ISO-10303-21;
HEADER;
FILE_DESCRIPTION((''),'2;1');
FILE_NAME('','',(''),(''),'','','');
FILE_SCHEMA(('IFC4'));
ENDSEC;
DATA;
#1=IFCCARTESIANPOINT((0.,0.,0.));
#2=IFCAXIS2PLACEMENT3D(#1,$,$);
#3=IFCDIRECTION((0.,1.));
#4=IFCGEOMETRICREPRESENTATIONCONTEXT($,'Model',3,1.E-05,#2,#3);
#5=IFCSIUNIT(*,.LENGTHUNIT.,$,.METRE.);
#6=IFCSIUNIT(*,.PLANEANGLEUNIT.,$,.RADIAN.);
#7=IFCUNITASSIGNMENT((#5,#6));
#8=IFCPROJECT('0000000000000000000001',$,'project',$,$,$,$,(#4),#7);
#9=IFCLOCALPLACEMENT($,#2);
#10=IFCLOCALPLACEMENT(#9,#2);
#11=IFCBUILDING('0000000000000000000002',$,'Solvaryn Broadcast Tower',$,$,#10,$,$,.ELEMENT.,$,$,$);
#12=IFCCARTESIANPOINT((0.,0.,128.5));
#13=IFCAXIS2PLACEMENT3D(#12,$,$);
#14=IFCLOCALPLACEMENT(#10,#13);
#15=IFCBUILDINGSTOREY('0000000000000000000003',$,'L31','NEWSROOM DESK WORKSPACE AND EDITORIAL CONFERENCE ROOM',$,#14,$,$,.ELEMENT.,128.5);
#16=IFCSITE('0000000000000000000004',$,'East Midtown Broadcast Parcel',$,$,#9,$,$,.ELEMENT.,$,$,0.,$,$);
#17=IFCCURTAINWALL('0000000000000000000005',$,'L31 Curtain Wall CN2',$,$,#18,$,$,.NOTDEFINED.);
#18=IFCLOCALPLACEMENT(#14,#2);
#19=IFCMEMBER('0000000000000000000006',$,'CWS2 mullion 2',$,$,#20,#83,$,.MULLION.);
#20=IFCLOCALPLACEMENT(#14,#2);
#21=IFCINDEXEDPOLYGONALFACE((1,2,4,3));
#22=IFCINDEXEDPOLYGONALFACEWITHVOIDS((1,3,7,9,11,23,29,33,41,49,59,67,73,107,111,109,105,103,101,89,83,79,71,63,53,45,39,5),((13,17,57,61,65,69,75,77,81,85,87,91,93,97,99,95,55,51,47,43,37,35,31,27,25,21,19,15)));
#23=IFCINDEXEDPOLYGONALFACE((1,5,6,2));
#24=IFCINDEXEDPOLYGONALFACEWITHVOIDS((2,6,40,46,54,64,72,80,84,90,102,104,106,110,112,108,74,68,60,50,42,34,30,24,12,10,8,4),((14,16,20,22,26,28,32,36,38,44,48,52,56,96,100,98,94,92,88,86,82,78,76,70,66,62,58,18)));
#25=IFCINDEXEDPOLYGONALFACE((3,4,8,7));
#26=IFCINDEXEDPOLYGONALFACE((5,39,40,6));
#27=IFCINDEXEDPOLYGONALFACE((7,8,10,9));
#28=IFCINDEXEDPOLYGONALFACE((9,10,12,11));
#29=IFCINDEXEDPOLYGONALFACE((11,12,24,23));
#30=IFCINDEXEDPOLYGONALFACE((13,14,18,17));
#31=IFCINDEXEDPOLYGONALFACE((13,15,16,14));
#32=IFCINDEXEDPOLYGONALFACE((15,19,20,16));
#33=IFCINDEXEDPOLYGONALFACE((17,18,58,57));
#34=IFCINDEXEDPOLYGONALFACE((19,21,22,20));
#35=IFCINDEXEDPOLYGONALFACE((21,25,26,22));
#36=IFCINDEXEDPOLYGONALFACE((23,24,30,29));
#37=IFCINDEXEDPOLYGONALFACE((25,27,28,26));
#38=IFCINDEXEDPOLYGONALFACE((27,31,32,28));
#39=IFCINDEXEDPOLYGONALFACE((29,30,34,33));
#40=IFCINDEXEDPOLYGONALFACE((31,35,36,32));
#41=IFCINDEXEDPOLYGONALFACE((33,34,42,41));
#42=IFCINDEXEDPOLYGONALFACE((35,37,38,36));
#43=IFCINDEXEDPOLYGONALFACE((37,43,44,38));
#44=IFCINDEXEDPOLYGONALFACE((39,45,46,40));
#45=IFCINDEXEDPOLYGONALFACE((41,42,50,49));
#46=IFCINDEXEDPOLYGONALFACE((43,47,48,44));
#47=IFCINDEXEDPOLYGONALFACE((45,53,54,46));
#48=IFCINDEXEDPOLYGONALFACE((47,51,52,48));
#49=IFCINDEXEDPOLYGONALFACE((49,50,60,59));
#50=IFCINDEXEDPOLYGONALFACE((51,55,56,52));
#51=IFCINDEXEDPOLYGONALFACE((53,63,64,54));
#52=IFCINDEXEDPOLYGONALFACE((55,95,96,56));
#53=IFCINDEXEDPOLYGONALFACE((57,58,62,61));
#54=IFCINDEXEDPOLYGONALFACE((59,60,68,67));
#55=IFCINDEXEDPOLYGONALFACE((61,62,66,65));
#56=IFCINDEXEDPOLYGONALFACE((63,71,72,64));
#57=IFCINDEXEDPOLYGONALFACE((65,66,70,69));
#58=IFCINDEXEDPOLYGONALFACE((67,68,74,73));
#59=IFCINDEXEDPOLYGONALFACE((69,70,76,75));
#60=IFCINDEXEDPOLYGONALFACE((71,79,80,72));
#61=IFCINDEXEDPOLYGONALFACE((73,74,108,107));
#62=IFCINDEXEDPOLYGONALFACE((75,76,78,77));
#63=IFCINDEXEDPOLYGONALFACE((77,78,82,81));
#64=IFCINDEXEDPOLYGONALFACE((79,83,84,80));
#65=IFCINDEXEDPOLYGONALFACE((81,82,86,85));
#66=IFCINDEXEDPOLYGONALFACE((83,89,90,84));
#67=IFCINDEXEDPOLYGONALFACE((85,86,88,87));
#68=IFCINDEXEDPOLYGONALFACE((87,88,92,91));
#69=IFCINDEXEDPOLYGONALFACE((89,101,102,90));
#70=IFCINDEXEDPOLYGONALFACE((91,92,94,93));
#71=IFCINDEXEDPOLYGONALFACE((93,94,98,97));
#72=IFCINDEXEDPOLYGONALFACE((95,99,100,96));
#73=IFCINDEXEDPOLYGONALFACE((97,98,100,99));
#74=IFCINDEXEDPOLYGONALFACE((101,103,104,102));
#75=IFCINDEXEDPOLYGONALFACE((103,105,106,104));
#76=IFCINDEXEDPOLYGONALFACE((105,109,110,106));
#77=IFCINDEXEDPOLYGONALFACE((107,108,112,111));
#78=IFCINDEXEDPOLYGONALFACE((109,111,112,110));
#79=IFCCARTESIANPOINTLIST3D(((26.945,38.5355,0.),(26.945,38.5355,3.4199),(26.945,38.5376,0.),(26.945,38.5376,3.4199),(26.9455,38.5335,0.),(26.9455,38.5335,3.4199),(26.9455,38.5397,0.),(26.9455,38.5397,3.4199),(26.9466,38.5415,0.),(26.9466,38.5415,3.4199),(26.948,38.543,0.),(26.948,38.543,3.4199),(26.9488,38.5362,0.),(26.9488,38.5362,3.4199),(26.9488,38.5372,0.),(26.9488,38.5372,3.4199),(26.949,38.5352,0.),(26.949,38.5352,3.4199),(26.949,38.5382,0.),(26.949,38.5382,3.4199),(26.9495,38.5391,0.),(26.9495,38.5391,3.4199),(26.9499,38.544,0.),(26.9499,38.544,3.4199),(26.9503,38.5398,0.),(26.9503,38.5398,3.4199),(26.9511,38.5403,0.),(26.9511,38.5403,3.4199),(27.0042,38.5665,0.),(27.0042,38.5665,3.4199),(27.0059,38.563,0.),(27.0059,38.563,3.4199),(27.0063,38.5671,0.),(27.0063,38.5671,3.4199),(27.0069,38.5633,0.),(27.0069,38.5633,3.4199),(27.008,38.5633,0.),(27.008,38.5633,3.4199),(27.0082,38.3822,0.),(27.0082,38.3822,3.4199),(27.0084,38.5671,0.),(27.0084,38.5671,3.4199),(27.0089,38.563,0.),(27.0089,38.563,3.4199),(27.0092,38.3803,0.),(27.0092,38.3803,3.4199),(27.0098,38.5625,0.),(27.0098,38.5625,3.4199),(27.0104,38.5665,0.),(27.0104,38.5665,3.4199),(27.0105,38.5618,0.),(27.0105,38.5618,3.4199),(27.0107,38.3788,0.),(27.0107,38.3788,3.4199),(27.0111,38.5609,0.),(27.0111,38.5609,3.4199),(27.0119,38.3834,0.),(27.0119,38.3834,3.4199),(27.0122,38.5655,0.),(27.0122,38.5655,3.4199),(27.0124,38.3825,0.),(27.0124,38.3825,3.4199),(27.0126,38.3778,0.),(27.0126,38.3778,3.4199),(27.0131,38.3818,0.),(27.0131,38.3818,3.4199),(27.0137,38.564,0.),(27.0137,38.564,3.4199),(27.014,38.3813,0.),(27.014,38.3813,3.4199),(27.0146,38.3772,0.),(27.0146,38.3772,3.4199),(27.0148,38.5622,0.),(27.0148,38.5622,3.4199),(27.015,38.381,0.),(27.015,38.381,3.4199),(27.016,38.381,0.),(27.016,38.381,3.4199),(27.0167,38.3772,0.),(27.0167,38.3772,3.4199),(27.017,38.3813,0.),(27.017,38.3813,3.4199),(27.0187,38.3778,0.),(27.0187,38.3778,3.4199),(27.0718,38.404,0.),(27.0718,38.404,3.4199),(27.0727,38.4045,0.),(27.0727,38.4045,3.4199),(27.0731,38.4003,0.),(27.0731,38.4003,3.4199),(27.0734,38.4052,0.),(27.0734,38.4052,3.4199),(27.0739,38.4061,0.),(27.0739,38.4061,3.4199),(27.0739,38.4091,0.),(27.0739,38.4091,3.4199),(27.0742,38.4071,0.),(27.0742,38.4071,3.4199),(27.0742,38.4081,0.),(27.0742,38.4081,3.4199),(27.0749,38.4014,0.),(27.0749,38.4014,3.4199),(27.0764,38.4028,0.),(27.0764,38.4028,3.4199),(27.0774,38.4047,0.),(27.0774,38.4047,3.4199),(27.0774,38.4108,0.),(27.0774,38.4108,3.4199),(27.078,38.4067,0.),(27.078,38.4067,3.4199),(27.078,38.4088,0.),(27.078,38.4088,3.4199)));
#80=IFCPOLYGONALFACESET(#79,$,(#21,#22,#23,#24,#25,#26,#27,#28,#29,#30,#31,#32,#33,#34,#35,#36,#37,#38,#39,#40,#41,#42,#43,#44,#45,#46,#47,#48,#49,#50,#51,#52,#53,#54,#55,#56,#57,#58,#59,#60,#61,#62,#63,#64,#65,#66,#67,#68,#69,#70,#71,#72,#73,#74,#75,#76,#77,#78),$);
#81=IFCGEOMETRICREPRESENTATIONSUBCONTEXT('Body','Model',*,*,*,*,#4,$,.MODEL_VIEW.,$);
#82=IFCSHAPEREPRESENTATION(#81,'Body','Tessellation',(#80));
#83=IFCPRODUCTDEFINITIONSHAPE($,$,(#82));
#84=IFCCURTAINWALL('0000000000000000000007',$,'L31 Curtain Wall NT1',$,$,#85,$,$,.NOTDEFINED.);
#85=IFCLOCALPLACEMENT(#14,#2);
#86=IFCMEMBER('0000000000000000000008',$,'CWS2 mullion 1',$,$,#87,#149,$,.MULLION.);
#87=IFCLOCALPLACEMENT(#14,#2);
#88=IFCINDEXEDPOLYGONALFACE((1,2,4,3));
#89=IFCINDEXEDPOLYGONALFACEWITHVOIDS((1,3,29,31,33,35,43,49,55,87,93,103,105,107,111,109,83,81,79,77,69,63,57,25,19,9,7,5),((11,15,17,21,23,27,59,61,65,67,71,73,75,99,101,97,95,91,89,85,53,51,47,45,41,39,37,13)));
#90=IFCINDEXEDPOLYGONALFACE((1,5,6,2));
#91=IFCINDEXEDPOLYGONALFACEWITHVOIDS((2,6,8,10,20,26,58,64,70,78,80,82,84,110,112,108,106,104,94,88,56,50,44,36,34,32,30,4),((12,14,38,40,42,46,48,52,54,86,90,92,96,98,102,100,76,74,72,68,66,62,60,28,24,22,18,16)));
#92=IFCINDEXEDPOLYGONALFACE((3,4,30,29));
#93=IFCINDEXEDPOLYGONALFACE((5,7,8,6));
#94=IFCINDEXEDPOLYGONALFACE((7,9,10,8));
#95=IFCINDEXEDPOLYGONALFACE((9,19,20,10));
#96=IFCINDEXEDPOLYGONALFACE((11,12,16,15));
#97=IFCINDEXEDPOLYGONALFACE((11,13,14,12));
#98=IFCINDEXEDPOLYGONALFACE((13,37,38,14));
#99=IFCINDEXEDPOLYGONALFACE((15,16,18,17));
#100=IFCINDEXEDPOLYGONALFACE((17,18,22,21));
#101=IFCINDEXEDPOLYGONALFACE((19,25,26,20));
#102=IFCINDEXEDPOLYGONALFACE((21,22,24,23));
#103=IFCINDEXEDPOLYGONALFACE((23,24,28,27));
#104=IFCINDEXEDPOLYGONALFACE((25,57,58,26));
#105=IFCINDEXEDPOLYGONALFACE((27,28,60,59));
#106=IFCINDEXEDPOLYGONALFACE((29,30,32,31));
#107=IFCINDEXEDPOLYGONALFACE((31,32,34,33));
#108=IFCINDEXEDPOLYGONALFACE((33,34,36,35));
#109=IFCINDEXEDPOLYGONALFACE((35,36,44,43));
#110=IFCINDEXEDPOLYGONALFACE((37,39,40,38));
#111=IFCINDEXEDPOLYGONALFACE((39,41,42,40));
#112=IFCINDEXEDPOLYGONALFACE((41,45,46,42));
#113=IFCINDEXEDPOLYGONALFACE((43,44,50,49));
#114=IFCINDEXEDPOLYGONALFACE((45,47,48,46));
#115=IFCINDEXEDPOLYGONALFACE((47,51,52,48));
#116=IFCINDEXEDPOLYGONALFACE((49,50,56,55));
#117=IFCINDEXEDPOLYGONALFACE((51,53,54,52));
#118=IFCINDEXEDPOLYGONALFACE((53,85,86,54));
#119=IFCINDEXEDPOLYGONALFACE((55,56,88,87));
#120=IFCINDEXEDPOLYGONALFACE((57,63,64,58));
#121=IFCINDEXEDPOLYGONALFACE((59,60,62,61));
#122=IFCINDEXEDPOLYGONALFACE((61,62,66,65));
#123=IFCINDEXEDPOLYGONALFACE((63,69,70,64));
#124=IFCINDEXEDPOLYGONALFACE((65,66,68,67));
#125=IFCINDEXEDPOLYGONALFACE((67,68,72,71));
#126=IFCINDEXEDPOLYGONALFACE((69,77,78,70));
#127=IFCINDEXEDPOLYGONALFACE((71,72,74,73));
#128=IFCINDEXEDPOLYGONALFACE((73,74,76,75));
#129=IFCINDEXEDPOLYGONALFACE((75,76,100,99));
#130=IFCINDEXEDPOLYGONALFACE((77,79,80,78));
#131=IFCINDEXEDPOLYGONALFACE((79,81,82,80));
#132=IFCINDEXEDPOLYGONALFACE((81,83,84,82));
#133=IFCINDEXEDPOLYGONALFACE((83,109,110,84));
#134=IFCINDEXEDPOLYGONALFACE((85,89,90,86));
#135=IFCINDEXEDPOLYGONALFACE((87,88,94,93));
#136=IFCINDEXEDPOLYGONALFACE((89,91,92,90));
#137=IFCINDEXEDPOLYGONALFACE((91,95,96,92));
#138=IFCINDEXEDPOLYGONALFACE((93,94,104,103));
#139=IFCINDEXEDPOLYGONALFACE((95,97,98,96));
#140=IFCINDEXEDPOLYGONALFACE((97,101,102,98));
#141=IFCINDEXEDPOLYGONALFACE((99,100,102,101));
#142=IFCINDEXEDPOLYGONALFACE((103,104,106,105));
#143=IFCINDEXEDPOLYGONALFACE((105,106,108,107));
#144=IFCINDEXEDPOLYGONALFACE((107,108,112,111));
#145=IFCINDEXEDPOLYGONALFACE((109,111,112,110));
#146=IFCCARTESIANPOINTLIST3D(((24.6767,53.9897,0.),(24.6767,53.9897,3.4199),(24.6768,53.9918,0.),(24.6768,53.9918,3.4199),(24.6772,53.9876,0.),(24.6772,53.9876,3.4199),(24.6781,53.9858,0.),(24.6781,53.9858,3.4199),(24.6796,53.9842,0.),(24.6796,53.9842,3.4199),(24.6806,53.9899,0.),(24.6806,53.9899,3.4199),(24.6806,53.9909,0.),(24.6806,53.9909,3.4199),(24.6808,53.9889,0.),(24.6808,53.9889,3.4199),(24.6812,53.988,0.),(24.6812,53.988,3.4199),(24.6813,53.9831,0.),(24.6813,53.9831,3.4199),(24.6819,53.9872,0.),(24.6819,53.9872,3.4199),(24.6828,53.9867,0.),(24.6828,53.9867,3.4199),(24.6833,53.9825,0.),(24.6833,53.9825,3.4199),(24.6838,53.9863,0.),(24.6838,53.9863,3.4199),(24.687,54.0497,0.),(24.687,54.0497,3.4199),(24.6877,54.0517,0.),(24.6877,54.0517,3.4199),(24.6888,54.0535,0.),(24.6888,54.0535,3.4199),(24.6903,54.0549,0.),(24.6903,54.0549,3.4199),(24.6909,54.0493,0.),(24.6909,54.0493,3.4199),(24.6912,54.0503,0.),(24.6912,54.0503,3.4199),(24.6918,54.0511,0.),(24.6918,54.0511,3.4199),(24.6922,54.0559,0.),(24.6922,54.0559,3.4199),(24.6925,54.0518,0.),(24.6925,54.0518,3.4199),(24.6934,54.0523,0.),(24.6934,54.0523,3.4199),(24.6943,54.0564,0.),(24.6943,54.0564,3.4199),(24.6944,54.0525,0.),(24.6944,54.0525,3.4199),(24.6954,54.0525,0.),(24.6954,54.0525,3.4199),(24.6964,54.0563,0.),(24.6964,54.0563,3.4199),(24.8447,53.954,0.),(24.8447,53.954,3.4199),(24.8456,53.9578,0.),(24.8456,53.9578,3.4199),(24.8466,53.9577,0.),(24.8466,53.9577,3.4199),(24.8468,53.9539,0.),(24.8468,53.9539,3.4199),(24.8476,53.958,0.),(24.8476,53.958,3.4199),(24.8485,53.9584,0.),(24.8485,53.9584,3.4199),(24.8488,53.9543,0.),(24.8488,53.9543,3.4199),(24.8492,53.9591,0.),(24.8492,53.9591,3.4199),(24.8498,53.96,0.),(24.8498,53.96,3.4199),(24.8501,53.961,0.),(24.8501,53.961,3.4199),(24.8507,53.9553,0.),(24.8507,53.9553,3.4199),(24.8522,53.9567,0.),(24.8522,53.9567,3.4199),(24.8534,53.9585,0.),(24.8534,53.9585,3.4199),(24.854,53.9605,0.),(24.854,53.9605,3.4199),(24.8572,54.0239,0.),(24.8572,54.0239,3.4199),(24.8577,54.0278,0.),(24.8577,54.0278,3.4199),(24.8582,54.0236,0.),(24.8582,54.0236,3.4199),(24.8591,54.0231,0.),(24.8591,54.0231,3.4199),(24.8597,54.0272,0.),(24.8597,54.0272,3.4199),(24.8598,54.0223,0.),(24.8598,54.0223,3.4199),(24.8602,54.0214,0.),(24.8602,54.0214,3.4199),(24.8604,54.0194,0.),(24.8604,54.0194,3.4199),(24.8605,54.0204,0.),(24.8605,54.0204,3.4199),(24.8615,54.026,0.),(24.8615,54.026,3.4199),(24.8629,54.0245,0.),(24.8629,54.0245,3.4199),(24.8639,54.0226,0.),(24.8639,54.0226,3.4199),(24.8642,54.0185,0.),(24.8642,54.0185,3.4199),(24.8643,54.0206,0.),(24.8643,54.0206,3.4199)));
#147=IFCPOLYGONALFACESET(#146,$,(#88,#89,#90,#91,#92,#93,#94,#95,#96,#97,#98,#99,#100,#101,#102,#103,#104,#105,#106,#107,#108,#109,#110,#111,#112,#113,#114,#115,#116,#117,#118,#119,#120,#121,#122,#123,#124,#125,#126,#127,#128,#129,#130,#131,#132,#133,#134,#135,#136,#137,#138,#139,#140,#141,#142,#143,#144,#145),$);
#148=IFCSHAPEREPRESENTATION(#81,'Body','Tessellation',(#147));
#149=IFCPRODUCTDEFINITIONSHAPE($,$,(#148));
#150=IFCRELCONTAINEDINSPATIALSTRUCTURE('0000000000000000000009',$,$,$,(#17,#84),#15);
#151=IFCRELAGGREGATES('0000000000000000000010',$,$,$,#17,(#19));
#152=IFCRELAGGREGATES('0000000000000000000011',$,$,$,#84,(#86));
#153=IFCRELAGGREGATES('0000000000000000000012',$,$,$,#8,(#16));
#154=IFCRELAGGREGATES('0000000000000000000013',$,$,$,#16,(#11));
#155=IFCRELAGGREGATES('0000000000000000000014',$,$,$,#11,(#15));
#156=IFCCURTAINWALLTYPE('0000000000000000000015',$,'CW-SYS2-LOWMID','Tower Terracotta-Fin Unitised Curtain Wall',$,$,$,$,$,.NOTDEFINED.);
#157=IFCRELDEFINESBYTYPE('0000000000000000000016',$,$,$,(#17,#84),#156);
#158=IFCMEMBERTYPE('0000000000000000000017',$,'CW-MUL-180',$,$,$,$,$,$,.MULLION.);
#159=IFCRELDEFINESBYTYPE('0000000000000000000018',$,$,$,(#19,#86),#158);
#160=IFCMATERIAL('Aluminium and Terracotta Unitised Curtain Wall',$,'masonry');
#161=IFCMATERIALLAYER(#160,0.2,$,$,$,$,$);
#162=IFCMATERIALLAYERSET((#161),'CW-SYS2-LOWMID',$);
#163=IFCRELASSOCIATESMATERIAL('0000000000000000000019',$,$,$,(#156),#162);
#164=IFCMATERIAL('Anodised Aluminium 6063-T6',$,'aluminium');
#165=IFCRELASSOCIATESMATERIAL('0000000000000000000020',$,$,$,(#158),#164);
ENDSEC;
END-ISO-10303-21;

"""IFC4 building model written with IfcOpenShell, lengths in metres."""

from ifc_helpers import new_model, si_unit, direction, frame, origin, origin_2d, place, context, subcontext, project, spatial, hollow_rectangle, extrude, material, layer, layer_set, material_profile, profile_set, type_object, element, aggregate, save


model = new_model("IFC4")

# Units and contexts
model_context = context("Model", 3, precision=1e-05, world=origin(), true_north=direction((0.0, 1.0)))
body_context = subcontext(model_context, "Body", "Model", "MODEL_VIEW")
ifc_project = project(units=[si_unit("LENGTHUNIT", "METRE"), si_unit("PLANEANGLEUNIT", "RADIAN")], contexts=[model_context])

# Site, building, storey
site_placement = place(None, origin())
site = spatial("IfcSite", under=ifc_project, at=site_placement, Name="East Midtown Broadcast Parcel", CompositionType="ELEMENT", RefElevation=0.0)
building_placement = place(site_placement, origin())
building = spatial("IfcBuilding", under=site, at=building_placement, Name="Solvaryn Broadcast Tower", CompositionType="ELEMENT")
storey_placement = place(building_placement, frame((0.0, 0.0, 128.5)))
storey = spatial("IfcBuildingStorey", under=building, at=storey_placement, Name="L31", Description="NEWSROOM DESK WORKSPACE AND EDITORIAL CONFERENCE ROOM", CompositionType="ELEMENT", Elevation=128.5)

# Shared definitions
ifc_material_1 = material(Name="Aluminium and Terracotta Unitised Curtain Wall", Category="masonry")
ifc_layer_1 = layer(ifc_material_1, 0.2)
ifc_layer_set_1 = layer_set([ifc_layer_1], Name="CW-SYS2-LOWMID")
curtain_wall_type = type_object("IfcCurtainWallType", Name="CW-SYS2-LOWMID", Description="Tower Terracotta-Fin Unitised Curtain Wall", PredefinedType="NOTDEFINED", material=ifc_layer_set_1)
ifc_material_2 = material(Name="Anodised Aluminium 6063-T6", Category="aluminium")
ifc_material_profile_1 = material_profile(ifc_material_2, hollow_rectangle(XDim=0.075, YDim=0.1799, WallThickness=0.0039, InnerFilletRadius=0.0039, OuterFilletRadius=0.0081, at=origin_2d()))
ifc_profile_set_1 = profile_set([ifc_material_profile_1], Name="Anodised Aluminium 6063-T6")
member_type_1 = type_object("IfcMemberType", Name="CW-MUL-180", PredefinedType="MULLION", material=ifc_profile_set_1)

# Curtain walls, members
curtain_wall_1_placement = place(storey_placement, origin())
curtain_wall_1 = element("IfcCurtainWall", 1, at=curtain_wall_1_placement, inside=storey, type_object=curtain_wall_type, Name="L31 Curtain Wall CN2", PredefinedType="NOTDEFINED")
member_1_placement = place(storey_placement, frame((27.0115, 38.4722, 0.0), z_axis=(0.0, 0.0, 1.0), x_axis=(-0.923895, -0.382646, 0.0)))
member_1 = element("IfcMember", 2, at=member_1_placement, type_object=member_type_1, Name="CWS2 mullion 2", PredefinedType="MULLION", context=body_context, shape_type="SweptSolid", body=[
    extrude(hollow_rectangle(XDim=0.075, YDim=0.1799, WallThickness=0.0039, InnerFilletRadius=0.0039, OuterFilletRadius=0.0081, at=origin_2d()), origin(), (0.0, 0.0, 1.0), 3.4199),
])
aggregate(curtain_wall_1, [member_1])
curtain_wall_2_placement = place(storey_placement, origin())
curtain_wall_2 = element("IfcCurtainWall", 3, at=curtain_wall_2_placement, inside=storey, type_object=curtain_wall_type, Name="L31 Curtain Wall NT1", PredefinedType="NOTDEFINED")
member_2_placement = place(storey_placement, frame((24.7705, 54.0051, 0.0), z_axis=(0.0, 0.0, 1.0), x_axis=(-0.173785, -0.984784, 0.0)))
member_2 = element("IfcMember", 4, at=member_2_placement, type_object=member_type_1, Name="CWS2 mullion 1", PredefinedType="MULLION", context=body_context, shape_type="SweptSolid", body=[
    extrude(hollow_rectangle(XDim=0.075, YDim=0.1799, WallThickness=0.0039, InnerFilletRadius=0.0039, OuterFilletRadius=0.0081, at=origin_2d()), origin(), (0.0, 0.0, 1.0), 3.4199),
])

aggregate(curtain_wall_2, [member_2])

save(model, "model.ifc")
